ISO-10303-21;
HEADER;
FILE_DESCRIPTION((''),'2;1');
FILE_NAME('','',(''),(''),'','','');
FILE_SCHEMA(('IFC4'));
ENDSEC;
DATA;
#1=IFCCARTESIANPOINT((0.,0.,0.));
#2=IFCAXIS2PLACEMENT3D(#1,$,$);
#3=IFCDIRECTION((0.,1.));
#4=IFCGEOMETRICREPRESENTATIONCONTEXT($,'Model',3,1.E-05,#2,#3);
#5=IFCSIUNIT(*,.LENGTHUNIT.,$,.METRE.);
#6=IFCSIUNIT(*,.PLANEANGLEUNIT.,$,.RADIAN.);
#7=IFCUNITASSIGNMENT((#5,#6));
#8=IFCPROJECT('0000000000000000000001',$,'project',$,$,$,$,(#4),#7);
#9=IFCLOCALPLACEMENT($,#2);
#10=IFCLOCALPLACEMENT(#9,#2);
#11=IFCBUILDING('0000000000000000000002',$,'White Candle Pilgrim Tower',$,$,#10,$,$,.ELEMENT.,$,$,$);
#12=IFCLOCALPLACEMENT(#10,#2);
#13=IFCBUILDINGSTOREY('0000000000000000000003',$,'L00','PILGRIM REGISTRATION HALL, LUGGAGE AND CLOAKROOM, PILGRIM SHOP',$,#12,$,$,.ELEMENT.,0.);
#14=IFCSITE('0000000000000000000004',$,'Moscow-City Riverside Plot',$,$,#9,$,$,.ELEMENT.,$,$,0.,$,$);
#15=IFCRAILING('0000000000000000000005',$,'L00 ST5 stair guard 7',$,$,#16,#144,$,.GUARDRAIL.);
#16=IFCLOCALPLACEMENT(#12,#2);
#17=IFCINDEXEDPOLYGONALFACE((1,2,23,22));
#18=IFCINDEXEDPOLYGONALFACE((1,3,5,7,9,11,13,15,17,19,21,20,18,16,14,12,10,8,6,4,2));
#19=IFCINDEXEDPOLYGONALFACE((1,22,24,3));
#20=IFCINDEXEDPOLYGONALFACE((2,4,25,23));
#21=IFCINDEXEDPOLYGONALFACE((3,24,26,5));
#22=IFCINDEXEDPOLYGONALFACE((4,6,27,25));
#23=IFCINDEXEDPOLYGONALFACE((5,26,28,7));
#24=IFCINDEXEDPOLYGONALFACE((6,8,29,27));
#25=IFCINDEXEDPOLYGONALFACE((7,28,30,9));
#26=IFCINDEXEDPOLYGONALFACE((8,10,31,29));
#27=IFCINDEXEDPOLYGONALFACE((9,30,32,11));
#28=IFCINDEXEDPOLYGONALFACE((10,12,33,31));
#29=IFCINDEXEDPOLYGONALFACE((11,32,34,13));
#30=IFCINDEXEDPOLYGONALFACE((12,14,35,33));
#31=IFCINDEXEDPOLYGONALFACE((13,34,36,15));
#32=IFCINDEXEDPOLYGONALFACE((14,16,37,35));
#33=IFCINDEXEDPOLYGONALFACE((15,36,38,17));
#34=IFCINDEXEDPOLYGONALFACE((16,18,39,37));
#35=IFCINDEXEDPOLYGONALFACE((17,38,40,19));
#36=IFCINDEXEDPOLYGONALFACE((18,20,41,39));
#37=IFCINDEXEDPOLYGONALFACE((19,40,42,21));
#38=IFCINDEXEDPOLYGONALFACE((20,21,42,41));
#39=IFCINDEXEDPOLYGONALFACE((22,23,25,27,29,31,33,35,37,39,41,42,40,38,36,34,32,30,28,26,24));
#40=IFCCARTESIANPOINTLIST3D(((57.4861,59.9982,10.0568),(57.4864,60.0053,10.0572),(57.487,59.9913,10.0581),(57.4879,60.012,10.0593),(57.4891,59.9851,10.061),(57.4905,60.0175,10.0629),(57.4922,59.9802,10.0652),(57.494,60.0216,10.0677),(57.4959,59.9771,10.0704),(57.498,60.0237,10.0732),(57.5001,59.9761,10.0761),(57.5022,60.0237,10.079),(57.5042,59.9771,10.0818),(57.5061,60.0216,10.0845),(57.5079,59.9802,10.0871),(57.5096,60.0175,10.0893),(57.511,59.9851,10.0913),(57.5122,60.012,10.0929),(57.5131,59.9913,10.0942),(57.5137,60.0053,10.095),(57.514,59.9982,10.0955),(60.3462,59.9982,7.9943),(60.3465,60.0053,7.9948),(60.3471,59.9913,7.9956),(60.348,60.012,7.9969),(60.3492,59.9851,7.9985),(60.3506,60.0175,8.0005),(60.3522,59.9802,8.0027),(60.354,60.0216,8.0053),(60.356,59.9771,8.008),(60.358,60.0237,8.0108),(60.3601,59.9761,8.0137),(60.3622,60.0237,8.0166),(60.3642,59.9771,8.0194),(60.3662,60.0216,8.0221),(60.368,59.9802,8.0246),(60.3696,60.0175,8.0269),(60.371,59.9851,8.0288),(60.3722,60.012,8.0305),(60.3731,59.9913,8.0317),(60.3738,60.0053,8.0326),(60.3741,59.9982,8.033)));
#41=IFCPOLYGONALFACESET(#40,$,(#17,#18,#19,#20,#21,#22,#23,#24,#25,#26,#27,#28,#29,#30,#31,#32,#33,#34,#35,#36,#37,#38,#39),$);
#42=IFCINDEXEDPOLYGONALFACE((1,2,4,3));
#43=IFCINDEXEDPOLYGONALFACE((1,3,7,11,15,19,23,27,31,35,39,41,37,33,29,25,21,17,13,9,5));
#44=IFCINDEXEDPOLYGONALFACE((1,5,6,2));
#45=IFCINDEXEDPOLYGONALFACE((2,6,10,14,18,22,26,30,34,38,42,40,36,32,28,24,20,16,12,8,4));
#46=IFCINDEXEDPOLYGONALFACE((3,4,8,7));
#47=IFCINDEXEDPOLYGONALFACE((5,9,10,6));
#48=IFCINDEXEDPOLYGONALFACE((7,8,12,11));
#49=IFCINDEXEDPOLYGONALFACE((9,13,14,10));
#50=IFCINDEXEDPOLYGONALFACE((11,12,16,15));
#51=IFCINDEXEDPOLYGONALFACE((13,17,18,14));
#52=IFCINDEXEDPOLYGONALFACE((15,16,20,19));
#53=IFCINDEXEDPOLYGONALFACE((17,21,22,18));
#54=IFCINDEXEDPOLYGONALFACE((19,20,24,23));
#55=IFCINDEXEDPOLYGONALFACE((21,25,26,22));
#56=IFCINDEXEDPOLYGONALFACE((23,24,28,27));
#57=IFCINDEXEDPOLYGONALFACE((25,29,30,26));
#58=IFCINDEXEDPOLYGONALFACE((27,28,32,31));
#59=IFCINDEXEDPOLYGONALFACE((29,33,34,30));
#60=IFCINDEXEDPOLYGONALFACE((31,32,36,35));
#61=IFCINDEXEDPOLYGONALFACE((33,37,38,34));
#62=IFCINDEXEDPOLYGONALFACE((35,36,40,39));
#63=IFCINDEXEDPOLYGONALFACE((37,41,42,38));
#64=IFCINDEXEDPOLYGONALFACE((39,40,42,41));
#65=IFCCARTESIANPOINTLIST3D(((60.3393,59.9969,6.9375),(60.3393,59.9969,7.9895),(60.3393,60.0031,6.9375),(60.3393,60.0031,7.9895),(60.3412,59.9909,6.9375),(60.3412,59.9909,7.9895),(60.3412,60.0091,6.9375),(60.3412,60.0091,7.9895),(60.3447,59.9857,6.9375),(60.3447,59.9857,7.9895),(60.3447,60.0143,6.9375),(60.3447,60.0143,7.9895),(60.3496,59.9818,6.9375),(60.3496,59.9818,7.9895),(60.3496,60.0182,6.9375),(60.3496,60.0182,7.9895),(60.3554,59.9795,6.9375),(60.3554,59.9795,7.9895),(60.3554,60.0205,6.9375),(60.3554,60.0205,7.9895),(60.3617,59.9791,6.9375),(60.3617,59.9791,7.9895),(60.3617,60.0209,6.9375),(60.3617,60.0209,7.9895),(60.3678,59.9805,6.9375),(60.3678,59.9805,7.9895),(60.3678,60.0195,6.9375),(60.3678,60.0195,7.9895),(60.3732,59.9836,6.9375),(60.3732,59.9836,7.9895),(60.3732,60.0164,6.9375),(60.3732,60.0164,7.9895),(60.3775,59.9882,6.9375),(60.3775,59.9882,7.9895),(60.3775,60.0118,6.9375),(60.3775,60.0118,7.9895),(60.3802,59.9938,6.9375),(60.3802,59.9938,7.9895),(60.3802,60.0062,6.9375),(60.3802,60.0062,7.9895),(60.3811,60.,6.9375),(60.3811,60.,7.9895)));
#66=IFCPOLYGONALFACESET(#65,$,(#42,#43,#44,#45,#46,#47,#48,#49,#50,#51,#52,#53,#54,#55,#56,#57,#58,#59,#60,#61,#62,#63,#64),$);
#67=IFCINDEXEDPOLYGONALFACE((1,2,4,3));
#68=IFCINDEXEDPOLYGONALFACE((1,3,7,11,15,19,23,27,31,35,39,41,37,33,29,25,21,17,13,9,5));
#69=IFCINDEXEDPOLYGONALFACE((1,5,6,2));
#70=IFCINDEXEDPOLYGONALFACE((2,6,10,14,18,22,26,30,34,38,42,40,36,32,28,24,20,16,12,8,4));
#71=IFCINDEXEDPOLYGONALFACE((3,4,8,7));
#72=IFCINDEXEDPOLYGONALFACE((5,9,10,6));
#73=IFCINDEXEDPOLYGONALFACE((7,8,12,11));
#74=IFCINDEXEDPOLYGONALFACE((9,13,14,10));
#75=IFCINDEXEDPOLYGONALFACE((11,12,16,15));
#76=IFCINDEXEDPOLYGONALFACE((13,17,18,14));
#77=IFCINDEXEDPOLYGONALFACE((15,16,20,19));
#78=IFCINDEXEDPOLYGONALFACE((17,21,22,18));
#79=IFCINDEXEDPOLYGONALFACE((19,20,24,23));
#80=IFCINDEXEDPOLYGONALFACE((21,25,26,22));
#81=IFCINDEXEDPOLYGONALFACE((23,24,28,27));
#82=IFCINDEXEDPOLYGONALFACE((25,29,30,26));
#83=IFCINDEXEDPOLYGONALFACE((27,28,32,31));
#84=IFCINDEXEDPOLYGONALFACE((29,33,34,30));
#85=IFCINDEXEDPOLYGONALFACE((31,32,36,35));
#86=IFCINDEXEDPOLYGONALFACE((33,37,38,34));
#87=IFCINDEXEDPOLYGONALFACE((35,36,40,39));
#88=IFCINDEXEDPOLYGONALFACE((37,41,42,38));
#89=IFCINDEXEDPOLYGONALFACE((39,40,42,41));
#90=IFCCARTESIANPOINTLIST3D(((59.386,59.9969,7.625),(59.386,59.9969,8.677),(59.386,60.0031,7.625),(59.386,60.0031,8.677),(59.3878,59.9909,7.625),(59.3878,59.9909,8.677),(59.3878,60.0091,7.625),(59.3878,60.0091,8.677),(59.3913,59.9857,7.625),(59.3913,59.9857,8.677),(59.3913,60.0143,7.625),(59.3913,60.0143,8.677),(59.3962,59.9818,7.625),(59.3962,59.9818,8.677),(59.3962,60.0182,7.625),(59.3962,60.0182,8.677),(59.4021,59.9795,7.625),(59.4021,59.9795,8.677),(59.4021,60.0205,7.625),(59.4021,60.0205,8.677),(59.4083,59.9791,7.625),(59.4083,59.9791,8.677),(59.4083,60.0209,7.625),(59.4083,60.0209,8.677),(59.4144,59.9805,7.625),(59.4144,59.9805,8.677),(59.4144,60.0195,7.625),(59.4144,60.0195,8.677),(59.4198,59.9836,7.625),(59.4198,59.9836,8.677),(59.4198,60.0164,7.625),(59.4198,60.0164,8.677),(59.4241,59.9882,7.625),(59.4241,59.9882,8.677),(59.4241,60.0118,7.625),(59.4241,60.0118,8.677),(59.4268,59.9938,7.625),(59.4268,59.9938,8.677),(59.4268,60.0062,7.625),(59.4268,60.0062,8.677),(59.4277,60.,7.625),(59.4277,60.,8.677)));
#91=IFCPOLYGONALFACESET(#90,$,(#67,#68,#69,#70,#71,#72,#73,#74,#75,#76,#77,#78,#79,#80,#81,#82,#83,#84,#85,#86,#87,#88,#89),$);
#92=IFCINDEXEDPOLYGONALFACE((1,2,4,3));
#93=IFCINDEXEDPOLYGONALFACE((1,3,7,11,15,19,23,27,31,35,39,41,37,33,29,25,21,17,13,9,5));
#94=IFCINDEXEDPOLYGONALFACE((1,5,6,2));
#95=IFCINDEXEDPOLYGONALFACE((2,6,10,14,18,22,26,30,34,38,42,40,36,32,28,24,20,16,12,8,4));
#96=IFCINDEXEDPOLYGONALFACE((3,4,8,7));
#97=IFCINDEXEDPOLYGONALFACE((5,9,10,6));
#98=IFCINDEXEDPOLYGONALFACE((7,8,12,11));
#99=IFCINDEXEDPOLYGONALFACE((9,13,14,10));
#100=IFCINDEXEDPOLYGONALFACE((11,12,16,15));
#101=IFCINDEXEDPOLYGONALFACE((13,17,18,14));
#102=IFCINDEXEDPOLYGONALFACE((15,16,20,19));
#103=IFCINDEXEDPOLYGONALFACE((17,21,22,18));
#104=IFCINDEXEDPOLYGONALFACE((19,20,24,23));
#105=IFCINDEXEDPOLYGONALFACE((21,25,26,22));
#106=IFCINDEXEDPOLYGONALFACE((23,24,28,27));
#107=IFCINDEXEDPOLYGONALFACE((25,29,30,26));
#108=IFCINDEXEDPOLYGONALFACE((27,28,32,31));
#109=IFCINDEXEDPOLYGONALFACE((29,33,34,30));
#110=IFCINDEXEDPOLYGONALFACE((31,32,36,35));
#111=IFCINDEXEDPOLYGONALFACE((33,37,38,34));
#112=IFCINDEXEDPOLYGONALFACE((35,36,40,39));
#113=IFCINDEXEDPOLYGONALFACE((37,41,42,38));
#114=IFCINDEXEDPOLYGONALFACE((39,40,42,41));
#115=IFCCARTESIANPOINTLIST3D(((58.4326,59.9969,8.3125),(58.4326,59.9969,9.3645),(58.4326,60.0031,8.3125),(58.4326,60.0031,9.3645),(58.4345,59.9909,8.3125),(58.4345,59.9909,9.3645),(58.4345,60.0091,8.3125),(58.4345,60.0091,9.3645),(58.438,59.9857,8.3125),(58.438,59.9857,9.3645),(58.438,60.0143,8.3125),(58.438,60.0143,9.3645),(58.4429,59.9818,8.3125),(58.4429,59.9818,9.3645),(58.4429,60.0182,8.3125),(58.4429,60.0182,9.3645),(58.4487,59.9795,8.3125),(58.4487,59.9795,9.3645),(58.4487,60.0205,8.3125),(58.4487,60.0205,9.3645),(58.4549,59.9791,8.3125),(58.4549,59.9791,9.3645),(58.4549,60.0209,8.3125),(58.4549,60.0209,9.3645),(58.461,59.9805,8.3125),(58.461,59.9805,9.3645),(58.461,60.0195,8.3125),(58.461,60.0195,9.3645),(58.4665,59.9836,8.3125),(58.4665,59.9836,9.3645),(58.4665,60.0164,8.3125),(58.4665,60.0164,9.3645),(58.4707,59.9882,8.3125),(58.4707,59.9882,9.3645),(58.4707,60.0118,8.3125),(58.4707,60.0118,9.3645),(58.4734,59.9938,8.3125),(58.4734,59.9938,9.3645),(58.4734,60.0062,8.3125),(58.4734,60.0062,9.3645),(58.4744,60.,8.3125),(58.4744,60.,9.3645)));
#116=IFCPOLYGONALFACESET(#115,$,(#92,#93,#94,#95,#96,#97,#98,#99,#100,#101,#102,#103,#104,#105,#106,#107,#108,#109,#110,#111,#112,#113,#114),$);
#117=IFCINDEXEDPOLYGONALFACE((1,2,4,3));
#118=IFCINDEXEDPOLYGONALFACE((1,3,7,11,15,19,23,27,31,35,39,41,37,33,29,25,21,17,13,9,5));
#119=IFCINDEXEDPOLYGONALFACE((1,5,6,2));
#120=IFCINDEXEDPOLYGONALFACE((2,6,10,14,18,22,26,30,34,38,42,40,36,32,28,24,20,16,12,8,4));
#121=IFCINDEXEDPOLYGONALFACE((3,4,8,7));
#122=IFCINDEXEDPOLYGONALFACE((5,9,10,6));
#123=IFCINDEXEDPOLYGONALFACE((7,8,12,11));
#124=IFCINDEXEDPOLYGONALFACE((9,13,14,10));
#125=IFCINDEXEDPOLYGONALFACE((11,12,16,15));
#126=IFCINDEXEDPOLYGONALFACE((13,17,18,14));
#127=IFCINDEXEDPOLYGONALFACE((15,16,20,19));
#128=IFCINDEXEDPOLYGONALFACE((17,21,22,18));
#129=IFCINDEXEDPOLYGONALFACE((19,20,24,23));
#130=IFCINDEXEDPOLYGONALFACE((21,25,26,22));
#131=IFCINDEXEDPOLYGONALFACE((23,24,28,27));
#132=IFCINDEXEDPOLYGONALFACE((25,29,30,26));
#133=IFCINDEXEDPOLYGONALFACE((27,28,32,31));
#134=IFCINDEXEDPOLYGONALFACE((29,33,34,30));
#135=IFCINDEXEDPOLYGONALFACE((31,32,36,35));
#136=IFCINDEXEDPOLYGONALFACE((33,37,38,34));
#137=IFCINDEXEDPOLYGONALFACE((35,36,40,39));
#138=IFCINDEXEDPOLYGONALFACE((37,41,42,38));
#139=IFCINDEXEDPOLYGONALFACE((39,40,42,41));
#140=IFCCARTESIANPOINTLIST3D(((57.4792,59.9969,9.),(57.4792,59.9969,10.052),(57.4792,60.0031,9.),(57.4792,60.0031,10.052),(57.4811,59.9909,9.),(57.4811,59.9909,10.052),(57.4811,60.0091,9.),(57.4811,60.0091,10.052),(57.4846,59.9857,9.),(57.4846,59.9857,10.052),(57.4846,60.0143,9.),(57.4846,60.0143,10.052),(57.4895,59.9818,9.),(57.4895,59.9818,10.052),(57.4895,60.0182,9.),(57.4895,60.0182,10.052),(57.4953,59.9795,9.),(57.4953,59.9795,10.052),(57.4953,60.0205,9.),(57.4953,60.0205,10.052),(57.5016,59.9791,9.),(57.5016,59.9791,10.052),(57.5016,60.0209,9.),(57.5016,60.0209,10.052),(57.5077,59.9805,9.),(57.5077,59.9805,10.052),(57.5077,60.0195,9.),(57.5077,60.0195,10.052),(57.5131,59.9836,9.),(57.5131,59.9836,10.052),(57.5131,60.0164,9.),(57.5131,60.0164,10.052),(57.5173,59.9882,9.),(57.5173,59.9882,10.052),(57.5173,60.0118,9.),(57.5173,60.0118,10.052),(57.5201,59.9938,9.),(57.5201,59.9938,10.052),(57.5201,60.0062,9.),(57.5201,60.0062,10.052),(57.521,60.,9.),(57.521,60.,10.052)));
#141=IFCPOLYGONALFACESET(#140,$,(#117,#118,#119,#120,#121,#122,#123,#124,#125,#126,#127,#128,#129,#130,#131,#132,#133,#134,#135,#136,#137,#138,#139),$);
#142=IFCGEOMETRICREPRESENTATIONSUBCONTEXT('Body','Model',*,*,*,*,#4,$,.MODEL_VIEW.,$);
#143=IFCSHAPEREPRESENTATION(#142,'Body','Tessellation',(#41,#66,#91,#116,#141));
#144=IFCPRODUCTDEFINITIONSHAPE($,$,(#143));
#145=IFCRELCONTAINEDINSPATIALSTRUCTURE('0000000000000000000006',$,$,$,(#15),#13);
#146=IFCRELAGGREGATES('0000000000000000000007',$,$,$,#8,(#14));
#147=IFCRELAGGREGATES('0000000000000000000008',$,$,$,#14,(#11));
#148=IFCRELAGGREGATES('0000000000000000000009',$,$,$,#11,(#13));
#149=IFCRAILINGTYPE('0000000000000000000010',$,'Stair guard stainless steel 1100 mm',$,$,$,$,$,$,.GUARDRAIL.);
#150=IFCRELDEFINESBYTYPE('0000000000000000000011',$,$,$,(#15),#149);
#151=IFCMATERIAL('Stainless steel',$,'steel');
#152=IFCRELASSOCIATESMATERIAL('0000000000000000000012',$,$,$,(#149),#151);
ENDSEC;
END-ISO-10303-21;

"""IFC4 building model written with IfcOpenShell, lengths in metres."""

from ifc_helpers import new_model, si_unit, direction, frame, origin, origin_2d, place, context, subcontext, project, spatial, circle, extrude, material, type_object, element, save


model = new_model("IFC4")

# Units and contexts
model_context = context("Model", 3, precision=1e-05, world=origin(), true_north=direction((0.0, 1.0)))
body_context = subcontext(model_context, "Body", "Model", "MODEL_VIEW")
ifc_project = project(units=[si_unit("LENGTHUNIT", "METRE"), si_unit("PLANEANGLEUNIT", "RADIAN")], contexts=[model_context])

# Site, building, storey
site_placement = place(None, origin())
site = spatial("IfcSite", under=ifc_project, at=site_placement, Name="Moscow-City Riverside Plot", CompositionType="ELEMENT", RefElevation=0.0)
building_placement = place(site_placement, origin())
building = spatial("IfcBuilding", under=site, at=building_placement, Name="White Candle Pilgrim Tower", CompositionType="ELEMENT")
storey_placement = place(building_placement, origin())
storey = spatial("IfcBuildingStorey", under=building, at=storey_placement, Name="L00", Description="PILGRIM REGISTRATION HALL, LUGGAGE AND CLOAKROOM, PILGRIM SHOP", CompositionType="ELEMENT", Elevation=0.0)

# Railing
ifc_material_1 = material(Name="Stainless steel", Category="steel")
railing_type_1 = type_object("IfcRailingType", Name="Stair guard stainless steel 1100 mm", PredefinedType="GUARDRAIL", material=ifc_material_1)
railing_1_placement = place(storey_placement, frame((60.3601, 60.0, 6.9375)))
element("IfcRailing", 1, at=railing_1_placement, inside=storey, type_object=railing_type_1, Name="L00 ST5 stair guard 7", PredefinedType="GUARDRAIL", context=body_context, shape_type="SweptSolid", body=[
    extrude(circle(Radius=0.0239, at=origin_2d()), frame((0.0, 0.0, 1.0762), z_axis=(-0.811101, 0.0, 0.584906), x_axis=(0.0, -1.0, 0.0)), (0.0, 0.0, 1.0), 3.5261),
    extrude(circle(Radius=0.021, at=origin_2d()), origin(), (0.0, 0.0, 1.0), 1.052),
    extrude(circle(Radius=0.021, at=origin_2d()), frame((-0.9534, 0.0, 0.6875)), (0.0, 0.0, 1.0), 1.052),
    extrude(circle(Radius=0.021, at=origin_2d()), frame((-1.9067, 0.0, 1.375)), (0.0, 0.0, 1.0), 1.052),
    extrude(circle(Radius=0.021, at=origin_2d()), frame((-2.8601, 0.0, 2.0625)), (0.0, 0.0, 1.0), 1.052),
])

save(model, "model.ifc")
